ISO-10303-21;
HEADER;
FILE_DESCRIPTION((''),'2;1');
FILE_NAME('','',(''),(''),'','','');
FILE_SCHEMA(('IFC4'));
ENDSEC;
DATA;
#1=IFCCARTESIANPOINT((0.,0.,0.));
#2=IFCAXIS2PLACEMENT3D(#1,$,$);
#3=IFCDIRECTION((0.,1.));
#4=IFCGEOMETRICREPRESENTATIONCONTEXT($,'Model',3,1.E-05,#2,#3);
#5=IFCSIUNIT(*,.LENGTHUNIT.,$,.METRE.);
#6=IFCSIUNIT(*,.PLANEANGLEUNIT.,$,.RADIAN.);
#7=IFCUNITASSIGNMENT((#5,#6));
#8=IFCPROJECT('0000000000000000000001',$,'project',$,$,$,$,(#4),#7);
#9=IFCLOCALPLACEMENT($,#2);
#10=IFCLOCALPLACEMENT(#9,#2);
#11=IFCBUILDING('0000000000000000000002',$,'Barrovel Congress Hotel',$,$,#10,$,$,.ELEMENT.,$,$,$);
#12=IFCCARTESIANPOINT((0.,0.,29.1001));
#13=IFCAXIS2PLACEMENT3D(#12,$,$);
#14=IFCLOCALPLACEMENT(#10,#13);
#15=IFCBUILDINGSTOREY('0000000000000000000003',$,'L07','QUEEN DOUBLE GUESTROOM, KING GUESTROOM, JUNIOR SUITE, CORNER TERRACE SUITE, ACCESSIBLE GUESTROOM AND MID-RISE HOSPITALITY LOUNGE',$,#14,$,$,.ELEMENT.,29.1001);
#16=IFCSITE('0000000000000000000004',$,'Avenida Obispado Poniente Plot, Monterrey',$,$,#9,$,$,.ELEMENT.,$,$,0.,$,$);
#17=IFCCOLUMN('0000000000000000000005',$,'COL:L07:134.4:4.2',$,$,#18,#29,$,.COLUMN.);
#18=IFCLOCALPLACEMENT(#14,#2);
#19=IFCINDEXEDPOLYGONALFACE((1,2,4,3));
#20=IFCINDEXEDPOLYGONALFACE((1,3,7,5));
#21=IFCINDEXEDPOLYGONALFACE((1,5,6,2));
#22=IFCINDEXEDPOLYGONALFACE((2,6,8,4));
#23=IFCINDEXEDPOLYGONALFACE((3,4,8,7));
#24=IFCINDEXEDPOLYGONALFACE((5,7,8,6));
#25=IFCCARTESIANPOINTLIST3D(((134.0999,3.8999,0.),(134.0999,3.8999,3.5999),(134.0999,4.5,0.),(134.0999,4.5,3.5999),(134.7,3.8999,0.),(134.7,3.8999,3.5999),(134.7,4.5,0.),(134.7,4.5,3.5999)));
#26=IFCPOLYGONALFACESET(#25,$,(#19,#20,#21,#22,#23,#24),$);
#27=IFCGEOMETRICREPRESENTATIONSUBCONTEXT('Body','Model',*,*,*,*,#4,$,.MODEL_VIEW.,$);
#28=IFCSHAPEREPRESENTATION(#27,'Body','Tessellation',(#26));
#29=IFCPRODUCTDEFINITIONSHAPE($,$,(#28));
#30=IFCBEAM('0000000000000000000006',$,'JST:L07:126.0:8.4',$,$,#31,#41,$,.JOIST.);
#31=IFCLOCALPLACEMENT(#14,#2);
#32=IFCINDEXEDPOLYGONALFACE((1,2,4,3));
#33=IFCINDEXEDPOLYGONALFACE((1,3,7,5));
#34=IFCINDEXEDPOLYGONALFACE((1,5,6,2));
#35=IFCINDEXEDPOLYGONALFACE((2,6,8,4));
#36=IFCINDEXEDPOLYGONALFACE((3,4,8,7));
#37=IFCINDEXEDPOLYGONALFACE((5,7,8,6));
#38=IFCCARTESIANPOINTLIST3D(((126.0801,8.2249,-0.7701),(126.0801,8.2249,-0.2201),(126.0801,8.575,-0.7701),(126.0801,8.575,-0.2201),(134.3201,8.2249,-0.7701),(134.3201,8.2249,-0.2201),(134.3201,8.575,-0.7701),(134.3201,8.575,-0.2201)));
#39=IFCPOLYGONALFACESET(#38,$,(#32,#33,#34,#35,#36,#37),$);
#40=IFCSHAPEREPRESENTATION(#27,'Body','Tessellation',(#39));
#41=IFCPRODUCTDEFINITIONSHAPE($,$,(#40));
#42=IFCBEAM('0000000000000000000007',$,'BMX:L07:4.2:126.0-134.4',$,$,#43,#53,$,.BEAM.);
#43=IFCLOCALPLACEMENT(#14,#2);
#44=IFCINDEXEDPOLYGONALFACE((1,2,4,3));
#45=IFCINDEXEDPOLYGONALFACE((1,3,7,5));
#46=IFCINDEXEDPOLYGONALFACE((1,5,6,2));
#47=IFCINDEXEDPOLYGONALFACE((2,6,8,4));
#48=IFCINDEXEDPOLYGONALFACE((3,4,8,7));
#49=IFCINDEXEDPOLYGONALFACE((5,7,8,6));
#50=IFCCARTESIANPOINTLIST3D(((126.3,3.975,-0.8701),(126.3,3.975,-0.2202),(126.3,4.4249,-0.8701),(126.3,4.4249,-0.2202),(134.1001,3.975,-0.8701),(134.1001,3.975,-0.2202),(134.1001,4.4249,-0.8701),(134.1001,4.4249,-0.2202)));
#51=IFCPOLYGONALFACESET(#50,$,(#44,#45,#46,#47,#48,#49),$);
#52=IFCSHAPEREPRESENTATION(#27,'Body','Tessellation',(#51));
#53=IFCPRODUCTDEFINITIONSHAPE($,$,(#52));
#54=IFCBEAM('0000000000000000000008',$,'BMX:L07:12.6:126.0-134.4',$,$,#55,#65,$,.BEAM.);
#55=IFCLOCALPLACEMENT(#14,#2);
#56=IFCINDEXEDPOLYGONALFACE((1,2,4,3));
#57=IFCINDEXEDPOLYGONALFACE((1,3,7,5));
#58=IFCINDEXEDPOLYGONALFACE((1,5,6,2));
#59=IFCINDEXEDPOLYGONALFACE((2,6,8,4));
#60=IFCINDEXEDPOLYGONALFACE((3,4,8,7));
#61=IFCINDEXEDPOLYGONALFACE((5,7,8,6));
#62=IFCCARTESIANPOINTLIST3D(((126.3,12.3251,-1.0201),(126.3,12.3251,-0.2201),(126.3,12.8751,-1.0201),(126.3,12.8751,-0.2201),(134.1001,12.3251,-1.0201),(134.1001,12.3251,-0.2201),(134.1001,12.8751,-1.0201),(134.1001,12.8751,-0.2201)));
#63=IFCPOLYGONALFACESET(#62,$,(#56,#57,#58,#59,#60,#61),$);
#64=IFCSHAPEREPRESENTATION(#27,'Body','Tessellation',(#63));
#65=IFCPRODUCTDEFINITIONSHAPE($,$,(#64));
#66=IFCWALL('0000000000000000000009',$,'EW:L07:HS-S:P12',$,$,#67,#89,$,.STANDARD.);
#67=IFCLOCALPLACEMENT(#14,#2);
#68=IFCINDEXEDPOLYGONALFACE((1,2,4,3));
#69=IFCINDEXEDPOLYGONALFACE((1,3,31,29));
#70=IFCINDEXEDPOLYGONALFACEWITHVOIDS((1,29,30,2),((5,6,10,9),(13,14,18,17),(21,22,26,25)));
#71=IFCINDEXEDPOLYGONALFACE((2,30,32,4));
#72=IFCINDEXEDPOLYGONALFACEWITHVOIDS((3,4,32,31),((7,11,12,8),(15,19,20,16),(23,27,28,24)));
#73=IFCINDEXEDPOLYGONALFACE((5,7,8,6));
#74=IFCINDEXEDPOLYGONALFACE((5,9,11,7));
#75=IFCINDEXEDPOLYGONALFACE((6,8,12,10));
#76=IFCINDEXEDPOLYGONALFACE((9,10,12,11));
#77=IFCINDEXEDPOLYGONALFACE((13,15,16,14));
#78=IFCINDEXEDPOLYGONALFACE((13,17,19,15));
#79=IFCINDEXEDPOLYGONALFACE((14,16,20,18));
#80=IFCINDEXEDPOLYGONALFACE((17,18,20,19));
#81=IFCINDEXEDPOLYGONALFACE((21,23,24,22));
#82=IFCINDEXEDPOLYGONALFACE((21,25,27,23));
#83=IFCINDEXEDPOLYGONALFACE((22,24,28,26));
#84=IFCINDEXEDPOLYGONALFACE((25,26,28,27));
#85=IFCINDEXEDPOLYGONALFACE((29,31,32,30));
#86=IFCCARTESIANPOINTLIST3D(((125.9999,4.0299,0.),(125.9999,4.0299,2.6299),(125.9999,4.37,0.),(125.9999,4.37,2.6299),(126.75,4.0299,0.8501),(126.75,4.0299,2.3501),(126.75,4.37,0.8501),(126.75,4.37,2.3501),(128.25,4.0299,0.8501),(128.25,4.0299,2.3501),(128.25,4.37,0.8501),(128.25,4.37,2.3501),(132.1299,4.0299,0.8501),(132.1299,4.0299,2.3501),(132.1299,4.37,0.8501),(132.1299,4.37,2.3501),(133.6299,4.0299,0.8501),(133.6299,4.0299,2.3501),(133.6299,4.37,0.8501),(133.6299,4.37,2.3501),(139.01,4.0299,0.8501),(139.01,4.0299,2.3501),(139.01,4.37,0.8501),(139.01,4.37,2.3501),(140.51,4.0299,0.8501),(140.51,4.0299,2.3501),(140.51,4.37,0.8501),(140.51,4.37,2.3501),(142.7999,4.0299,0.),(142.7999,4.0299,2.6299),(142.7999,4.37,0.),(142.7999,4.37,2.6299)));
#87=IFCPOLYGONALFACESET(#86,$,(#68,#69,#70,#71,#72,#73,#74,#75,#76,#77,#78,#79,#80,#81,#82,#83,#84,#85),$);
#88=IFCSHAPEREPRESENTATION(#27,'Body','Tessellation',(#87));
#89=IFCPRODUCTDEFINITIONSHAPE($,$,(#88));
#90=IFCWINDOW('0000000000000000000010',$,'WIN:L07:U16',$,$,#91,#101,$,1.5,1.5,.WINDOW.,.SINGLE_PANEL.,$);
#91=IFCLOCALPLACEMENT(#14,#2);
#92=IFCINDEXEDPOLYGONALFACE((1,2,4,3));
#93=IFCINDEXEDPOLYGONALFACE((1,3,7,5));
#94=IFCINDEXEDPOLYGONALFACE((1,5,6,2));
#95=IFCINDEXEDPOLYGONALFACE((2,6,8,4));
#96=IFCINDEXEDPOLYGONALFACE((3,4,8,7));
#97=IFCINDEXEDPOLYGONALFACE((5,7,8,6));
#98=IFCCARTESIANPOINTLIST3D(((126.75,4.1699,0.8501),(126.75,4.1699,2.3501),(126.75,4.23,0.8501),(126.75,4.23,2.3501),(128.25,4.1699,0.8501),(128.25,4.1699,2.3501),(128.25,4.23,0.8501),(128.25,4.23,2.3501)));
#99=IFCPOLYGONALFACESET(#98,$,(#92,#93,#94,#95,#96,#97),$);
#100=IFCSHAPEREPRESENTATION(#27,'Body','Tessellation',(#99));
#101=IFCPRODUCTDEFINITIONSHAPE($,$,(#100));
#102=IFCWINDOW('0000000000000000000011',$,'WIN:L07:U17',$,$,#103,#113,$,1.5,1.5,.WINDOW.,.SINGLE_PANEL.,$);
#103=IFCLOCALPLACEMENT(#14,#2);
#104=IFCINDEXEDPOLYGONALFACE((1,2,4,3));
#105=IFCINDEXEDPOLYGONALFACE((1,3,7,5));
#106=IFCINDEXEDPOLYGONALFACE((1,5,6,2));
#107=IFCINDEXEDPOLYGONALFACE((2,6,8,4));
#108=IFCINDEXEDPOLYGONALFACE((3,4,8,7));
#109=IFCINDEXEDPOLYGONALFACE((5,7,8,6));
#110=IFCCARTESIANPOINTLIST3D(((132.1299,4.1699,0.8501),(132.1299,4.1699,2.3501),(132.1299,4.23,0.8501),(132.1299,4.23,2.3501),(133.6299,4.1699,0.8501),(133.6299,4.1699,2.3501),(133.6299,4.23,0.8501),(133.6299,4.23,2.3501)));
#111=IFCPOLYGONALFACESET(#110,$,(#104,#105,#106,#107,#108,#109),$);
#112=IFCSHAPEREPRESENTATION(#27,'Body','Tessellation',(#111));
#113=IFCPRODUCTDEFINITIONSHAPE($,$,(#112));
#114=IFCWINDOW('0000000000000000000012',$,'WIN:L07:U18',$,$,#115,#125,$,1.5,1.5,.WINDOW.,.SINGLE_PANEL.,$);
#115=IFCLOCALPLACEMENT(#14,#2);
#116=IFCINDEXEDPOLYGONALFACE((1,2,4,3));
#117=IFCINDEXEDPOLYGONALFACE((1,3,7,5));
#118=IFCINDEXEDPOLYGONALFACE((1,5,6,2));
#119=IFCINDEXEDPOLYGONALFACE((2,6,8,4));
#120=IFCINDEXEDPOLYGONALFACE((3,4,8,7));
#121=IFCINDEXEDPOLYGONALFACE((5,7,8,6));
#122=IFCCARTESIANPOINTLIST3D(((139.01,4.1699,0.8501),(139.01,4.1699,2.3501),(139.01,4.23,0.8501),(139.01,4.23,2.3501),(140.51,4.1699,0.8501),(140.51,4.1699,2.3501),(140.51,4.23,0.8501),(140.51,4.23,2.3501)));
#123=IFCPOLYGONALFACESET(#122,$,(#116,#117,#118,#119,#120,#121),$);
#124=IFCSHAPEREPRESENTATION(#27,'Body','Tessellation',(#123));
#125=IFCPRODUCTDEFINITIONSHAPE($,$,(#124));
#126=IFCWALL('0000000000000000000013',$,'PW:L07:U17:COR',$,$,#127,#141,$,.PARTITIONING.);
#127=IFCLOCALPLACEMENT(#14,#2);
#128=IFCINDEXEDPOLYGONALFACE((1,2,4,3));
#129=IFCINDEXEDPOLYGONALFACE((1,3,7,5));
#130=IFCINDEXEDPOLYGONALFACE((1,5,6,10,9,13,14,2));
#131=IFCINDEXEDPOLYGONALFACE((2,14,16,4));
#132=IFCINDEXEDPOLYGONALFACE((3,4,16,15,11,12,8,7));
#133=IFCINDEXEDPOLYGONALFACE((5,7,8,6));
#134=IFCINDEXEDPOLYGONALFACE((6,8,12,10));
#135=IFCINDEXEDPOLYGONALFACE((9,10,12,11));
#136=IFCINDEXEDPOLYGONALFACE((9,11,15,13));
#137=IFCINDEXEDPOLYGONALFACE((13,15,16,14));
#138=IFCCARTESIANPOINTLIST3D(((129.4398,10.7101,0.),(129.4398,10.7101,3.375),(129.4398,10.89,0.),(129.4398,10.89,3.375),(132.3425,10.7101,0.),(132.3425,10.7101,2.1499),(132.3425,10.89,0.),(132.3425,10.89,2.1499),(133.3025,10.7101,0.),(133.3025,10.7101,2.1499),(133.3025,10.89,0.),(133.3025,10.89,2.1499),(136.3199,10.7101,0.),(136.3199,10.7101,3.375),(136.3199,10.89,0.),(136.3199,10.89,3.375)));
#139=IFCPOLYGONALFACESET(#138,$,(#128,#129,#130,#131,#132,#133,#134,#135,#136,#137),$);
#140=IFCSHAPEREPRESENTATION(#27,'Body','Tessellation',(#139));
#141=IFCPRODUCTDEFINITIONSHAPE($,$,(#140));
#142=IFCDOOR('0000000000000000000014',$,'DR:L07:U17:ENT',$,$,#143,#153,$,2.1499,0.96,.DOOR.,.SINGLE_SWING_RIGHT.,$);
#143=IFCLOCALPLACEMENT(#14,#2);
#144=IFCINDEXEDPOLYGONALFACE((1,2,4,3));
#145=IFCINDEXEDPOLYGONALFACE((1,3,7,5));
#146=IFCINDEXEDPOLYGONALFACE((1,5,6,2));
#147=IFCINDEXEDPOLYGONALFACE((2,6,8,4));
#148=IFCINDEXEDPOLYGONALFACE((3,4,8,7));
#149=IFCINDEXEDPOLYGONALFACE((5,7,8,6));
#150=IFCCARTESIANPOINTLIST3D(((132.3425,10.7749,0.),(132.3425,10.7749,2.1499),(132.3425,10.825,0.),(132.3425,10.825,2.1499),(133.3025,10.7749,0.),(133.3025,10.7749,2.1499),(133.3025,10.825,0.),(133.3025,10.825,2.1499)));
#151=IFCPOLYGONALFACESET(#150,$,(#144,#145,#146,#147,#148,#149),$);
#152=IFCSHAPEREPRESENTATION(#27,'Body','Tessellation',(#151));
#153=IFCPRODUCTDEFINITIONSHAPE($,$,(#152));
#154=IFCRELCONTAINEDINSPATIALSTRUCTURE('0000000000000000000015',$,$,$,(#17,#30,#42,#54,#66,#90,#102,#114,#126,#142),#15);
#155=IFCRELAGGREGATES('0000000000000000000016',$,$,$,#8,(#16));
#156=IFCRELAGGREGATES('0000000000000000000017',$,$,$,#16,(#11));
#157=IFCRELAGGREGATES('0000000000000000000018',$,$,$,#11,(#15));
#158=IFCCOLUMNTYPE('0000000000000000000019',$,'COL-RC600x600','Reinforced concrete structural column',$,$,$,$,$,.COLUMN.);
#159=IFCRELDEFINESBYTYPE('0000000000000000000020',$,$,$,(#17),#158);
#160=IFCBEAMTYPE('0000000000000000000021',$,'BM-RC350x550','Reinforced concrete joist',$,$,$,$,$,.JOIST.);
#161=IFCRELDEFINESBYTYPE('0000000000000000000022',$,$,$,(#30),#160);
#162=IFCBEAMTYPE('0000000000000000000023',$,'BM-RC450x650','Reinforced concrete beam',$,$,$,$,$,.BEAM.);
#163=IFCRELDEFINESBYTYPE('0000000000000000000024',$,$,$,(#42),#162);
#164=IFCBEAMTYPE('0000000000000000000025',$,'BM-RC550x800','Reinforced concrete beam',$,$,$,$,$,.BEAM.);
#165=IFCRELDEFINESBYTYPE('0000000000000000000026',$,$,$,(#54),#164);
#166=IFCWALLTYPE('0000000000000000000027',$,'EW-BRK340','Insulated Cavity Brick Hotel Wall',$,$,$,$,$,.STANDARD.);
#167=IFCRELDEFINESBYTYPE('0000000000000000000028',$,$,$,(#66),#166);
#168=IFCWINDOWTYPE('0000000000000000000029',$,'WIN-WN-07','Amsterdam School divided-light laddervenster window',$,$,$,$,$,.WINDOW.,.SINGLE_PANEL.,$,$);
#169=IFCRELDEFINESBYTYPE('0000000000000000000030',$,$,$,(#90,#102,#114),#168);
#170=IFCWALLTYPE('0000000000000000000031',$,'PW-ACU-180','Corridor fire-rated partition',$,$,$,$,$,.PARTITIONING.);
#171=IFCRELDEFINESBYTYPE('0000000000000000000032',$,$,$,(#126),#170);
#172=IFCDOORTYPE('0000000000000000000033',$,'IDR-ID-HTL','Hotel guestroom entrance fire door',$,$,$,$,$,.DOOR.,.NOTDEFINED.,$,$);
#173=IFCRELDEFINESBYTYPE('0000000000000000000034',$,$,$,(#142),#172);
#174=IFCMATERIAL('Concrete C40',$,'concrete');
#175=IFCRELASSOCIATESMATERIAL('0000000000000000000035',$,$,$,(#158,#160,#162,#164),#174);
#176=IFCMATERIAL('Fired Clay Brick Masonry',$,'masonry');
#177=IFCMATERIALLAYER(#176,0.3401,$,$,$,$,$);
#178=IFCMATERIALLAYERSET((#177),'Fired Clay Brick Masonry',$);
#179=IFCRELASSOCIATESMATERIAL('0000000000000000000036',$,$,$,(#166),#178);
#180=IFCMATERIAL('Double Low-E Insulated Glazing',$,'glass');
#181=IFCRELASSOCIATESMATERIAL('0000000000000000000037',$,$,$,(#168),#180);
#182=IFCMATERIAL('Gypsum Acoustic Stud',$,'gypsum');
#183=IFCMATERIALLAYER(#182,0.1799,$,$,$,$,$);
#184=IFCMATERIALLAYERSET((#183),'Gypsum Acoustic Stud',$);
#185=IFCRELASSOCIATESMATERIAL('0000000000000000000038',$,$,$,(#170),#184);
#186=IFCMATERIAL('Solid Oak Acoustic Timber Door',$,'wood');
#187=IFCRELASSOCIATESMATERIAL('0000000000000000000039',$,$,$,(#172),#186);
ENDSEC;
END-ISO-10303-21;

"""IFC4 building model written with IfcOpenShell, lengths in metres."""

from ifc_helpers import new_model, si_unit, direction, frame, frame_2d, origin, origin_2d, place, context, subcontext, project, spatial, rectangle, extrude, material, layer, layer_set, material_profile, profile_set, type_object, element, fill, save


model = new_model("IFC4")

# Units and contexts
model_context = context("Model", 3, precision=1e-05, world=origin(), true_north=direction((0.0, 1.0)))
body_context = subcontext(model_context, "Body", "Model", "MODEL_VIEW")
ifc_project = project(units=[si_unit("LENGTHUNIT", "METRE"), si_unit("PLANEANGLEUNIT", "RADIAN")], contexts=[model_context])

# Site, building, storey
site_placement = place(None, origin())
site = spatial("IfcSite", under=ifc_project, at=site_placement, Name="Avenida Obispado Poniente Plot, Monterrey", CompositionType="ELEMENT", RefElevation=0.0)
building_placement = place(site_placement, origin())
building = spatial("IfcBuilding", under=site, at=building_placement, Name="Barrovel Congress Hotel", CompositionType="ELEMENT")
storey_placement = place(building_placement, frame((0.0, 0.0, 29.1001)))
storey = spatial("IfcBuildingStorey", under=building, at=storey_placement, Name="L07", Description="QUEEN DOUBLE GUESTROOM, KING GUESTROOM, JUNIOR SUITE, CORNER TERRACE SUITE, ACCESSIBLE GUESTROOM AND MID-RISE HOSPITALITY LOUNGE", CompositionType="ELEMENT", Elevation=29.1001)

# Column
ifc_material_1 = material(Name="Concrete C40", Category="concrete")
ifc_material_profile_1 = material_profile(ifc_material_1, rectangle(XDim=0.6001, YDim=0.6001, at=origin_2d()), Name="RC600x600")
ifc_profile_set_1 = profile_set([ifc_material_profile_1], Name="Concrete C40")
column_type = type_object("IfcColumnType", Name="COL-RC600x600", Description="Reinforced concrete structural column", PredefinedType="COLUMN", material=ifc_profile_set_1)
column_placement = place(storey_placement, frame((134.3999, 4.2, 0.0), z_axis=(0.0, 0.0, 1.0), x_axis=(1.0, 0.0, 0.0)))
element("IfcColumn", 1, at=column_placement, inside=storey, type_object=column_type, Name="COL:L07:134.4:4.2", PredefinedType="COLUMN", context=body_context, shape_type="SweptSolid", body=[
    extrude(rectangle(XDim=0.6001, YDim=0.6001, at=origin_2d()), origin(), (0.0, 0.0, 1.0), 3.5999),
])

# Beams
ifc_material_profile_2 = material_profile(ifc_material_1, rectangle(XDim=0.3501, YDim=0.55, at=origin_2d()), Name="RC350x550")
ifc_profile_set_2 = profile_set([ifc_material_profile_2], Name="Concrete C40")
beam_type_1 = type_object("IfcBeamType", Name="BM-RC350x550", Description="Reinforced concrete joist", PredefinedType="JOIST", material=ifc_profile_set_2)
beam_1_placement = place(storey_placement, frame((126.0801, 8.3999, -0.4951), z_axis=(1.0, 0.0, 0.0), x_axis=(0.0, 1.0, 0.0)))
element("IfcBeam", 2, at=beam_1_placement, inside=storey, type_object=beam_type_1, Name="JST:L07:126.0:8.4", PredefinedType="JOIST", context=body_context, shape_type="SweptSolid", body=[
    extrude(rectangle(XDim=0.3501, YDim=0.55, at=origin_2d()), origin(), (0.0, 0.0, 1.0), 8.24),
])
ifc_material_profile_3 = material_profile(ifc_material_1, rectangle(XDim=0.45, YDim=0.6499, at=origin_2d()), Name="RC450x650")
ifc_profile_set_3 = profile_set([ifc_material_profile_3], Name="Concrete C40")
beam_type_2 = type_object("IfcBeamType", Name="BM-RC450x650", Description="Reinforced concrete beam", PredefinedType="BEAM", material=ifc_profile_set_3)
beam_2_placement = place(storey_placement, frame((126.3, 4.2, -0.5452), z_axis=(1.0, 0.0, 0.0), x_axis=(0.0, 1.0, 0.0)))
element("IfcBeam", 3, at=beam_2_placement, inside=storey, type_object=beam_type_2, Name="BMX:L07:4.2:126.0-134.4", PredefinedType="BEAM", context=body_context, shape_type="SweptSolid", body=[
    extrude(rectangle(XDim=0.45, YDim=0.6499, at=origin_2d()), origin(), (0.0, 0.0, 1.0), 7.8),
])
ifc_material_profile_4 = material_profile(ifc_material_1, rectangle(XDim=0.55, YDim=0.8, at=origin_2d()), Name="RC550x800")
ifc_profile_set_4 = profile_set([ifc_material_profile_4], Name="Concrete C40")
beam_type_3 = type_object("IfcBeamType", Name="BM-RC550x800", Description="Reinforced concrete beam", PredefinedType="BEAM", material=ifc_profile_set_4)
beam_3_placement = place(storey_placement, frame((126.3, 12.6001, -0.6201), z_axis=(1.0, 0.0, 0.0), x_axis=(0.0, 1.0, 0.0)))
element("IfcBeam", 4, at=beam_3_placement, inside=storey, type_object=beam_type_3, Name="BMX:L07:12.6:126.0-134.4", PredefinedType="BEAM", context=body_context, shape_type="SweptSolid", body=[
    extrude(rectangle(XDim=0.55, YDim=0.8, at=origin_2d()), origin(), (0.0, 0.0, 1.0), 7.8),
])

# Wall, openings, windows
ifc_material_2 = material(Name="Fired Clay Brick Masonry", Category="masonry")
ifc_layer_1 = layer(ifc_material_2, 0.3401)
ifc_layer_set_1 = layer_set([ifc_layer_1], Name="Fired Clay Brick Masonry")
wall_type_1 = type_object("IfcWallType", Name="EW-BRK340", Description="Insulated Cavity Brick Hotel Wall", PredefinedType="STANDARD", material=ifc_layer_set_1)
wall_1_placement = place(storey_placement, frame((126.0, 4.2, 0.0), z_axis=(0.0, 0.0, 1.0), x_axis=(1.0, 0.0, 0.0)))
wall_1 = element("IfcWall", 5, at=wall_1_placement, inside=storey, type_object=wall_type_1, Name="EW:L07:HS-S:P12", PredefinedType="STANDARD", context=body_context, shape_type="SweptSolid", body=[
    extrude(rectangle(XDim=16.8, YDim=0.3401, at=frame_2d((8.3999, 0.0))), origin(), (0.0, 0.0, 1.0), 2.6299),
])
opening_1_placement = place(wall_1_placement, frame((0.75, 0.0, 0.8501)))
opening_1 = element("IfcOpeningElement", 6, at=opening_1_placement, cuts=wall_1, PredefinedType="OPENING", context=body_context, shape_type="SweptSolid", body=[
    extrude(rectangle(XDim=1.5, YDim=1.5, at=frame_2d((0.75, 0.75))), frame((0.0, 0.1802, 0.0), z_axis=(0.0, -1.0, 0.0), x_axis=(1.0, 0.0, 0.0)), (0.0, 0.0, 1.0), 0.3601),
])
opening_2_placement = place(wall_1_placement, frame((6.1299, 0.0, 0.8501)))
opening_2 = element("IfcOpeningElement", 7, at=opening_2_placement, cuts=wall_1, PredefinedType="OPENING", context=body_context, shape_type="SweptSolid", body=[
    extrude(rectangle(XDim=1.5, YDim=1.5, at=frame_2d((0.75, 0.75))), frame((0.0, 0.1802, 0.0), z_axis=(0.0, -1.0, 0.0), x_axis=(1.0, 0.0, 0.0)), (0.0, 0.0, 1.0), 0.3601),
])
opening_3_placement = place(wall_1_placement, frame((13.01, 0.0, 0.8501)))
opening_3 = element("IfcOpeningElement", 8, at=opening_3_placement, cuts=wall_1, PredefinedType="OPENING", context=body_context, shape_type="SweptSolid", body=[
    extrude(rectangle(XDim=1.5, YDim=1.5, at=frame_2d((0.75, 0.75))), frame((0.0, 0.1802, 0.0), z_axis=(0.0, -1.0, 0.0), x_axis=(1.0, 0.0, 0.0)), (0.0, 0.0, 1.0), 0.3601),
])
ifc_material_3 = material(Name="Double Low-E Insulated Glazing", Category="glass")
window_type = type_object("IfcWindowType", Name="WIN-WN-07", Description="Amsterdam School divided-light laddervenster window", PartitioningType="SINGLE_PANEL", PredefinedType="WINDOW", material=ifc_material_3)
window_1_placement = place(opening_1_placement, origin())
window_1 = element("IfcWindow", 9, at=window_1_placement, inside=storey, type_object=window_type, Name="WIN:L07:U16", OverallHeight=1.5, OverallWidth=1.5, PartitioningType="SINGLE_PANEL", PredefinedType="WINDOW", context=body_context, shape_type="SweptSolid", body=[
    extrude(rectangle(XDim=1.5, YDim=1.5, at=frame_2d((0.75, 0.75))), frame((0.0, 0.03, 0.0), z_axis=(0.0, -1.0, 0.0), x_axis=(1.0, 0.0, 0.0)), (0.0, 0.0, 1.0), 0.0601),
])
fill(opening_1, window_1)
window_2_placement = place(opening_2_placement, origin())
window_2 = element("IfcWindow", 10, at=window_2_placement, inside=storey, type_object=window_type, Name="WIN:L07:U17", OverallHeight=1.5, OverallWidth=1.5, PartitioningType="SINGLE_PANEL", PredefinedType="WINDOW", context=body_context, shape_type="SweptSolid", body=[
    extrude(rectangle(XDim=1.5, YDim=1.5, at=frame_2d((0.75, 0.75))), frame((0.0, 0.03, 0.0), z_axis=(0.0, -1.0, 0.0), x_axis=(1.0, 0.0, 0.0)), (0.0, 0.0, 1.0), 0.0601),
])
fill(opening_2, window_2)
window_3_placement = place(opening_3_placement, origin())
window_3 = element("IfcWindow", 11, at=window_3_placement, inside=storey, type_object=window_type, Name="WIN:L07:U18", OverallHeight=1.5, OverallWidth=1.5, PartitioningType="SINGLE_PANEL", PredefinedType="WINDOW", context=body_context, shape_type="SweptSolid", body=[
    extrude(rectangle(XDim=1.5, YDim=1.5, at=frame_2d((0.75, 0.75))), frame((0.0, 0.03, 0.0), z_axis=(0.0, -1.0, 0.0), x_axis=(1.0, 0.0, 0.0)), (0.0, 0.0, 1.0), 0.0601),
])
fill(opening_3, window_3)

# Wall, opening, door
ifc_material_4 = material(Name="Gypsum Acoustic Stud", Category="gypsum")
ifc_layer_2 = layer(ifc_material_4, 0.1799)
ifc_layer_set_2 = layer_set([ifc_layer_2], Name="Gypsum Acoustic Stud")
wall_type_2 = type_object("IfcWallType", Name="PW-ACU-180", Description="Corridor fire-rated partition", PredefinedType="PARTITIONING", material=ifc_layer_set_2)
wall_2_placement = place(storey_placement, frame((129.4399, 10.8, 0.0), z_axis=(0.0, 0.0, 1.0), x_axis=(1.0, 0.0, 0.0)))
wall_2 = element("IfcWall", 12, at=wall_2_placement, inside=storey, type_object=wall_type_2, Name="PW:L07:U17:COR", PredefinedType="PARTITIONING", context=body_context, shape_type="SweptSolid", body=[
    extrude(rectangle(XDim=6.8801, YDim=0.1799, at=frame_2d((3.4399, 0.0))), origin(), (0.0, 0.0, 1.0), 3.375),
])
opening_4_placement = place(wall_2_placement, frame((2.9026, 0.0, 0.0)))
opening_4 = element("IfcOpeningElement", 13, at=opening_4_placement, cuts=wall_2, PredefinedType="OPENING", context=body_context, shape_type="SweptSolid", body=[
    extrude(rectangle(XDim=0.96, YDim=2.1499, at=frame_2d((0.48, 1.075))), frame((0.0, 0.1001, 0.0), z_axis=(0.0, -1.0, 0.0), x_axis=(1.0, 0.0, 0.0)), (0.0, 0.0, 1.0), 0.2),
])
ifc_material_5 = material(Name="Solid Oak Acoustic Timber Door", Category="wood")
door_type_1 = type_object("IfcDoorType", Name="IDR-ID-HTL", Description="Hotel guestroom entrance fire door", OperationType="NOTDEFINED", PredefinedType="DOOR", material=ifc_material_5)
door_1_placement = place(opening_4_placement, origin())
door_1 = element("IfcDoor", 14, at=door_1_placement, inside=storey, type_object=door_type_1, Name="DR:L07:U17:ENT", OperationType="SINGLE_SWING_RIGHT", OverallHeight=2.1499, OverallWidth=0.96, PredefinedType="DOOR", context=body_context, shape_type="SweptSolid", body=[
    extrude(rectangle(XDim=0.96, YDim=2.1499, at=frame_2d((0.48, 1.075))), frame((0.0, 0.0249, 0.0), z_axis=(0.0, -1.0, 0.0), x_axis=(1.0, 0.0, 0.0)), (0.0, 0.0, 1.0), 0.05),
])
fill(opening_4, door_1)

save(model, "model.ifc")
